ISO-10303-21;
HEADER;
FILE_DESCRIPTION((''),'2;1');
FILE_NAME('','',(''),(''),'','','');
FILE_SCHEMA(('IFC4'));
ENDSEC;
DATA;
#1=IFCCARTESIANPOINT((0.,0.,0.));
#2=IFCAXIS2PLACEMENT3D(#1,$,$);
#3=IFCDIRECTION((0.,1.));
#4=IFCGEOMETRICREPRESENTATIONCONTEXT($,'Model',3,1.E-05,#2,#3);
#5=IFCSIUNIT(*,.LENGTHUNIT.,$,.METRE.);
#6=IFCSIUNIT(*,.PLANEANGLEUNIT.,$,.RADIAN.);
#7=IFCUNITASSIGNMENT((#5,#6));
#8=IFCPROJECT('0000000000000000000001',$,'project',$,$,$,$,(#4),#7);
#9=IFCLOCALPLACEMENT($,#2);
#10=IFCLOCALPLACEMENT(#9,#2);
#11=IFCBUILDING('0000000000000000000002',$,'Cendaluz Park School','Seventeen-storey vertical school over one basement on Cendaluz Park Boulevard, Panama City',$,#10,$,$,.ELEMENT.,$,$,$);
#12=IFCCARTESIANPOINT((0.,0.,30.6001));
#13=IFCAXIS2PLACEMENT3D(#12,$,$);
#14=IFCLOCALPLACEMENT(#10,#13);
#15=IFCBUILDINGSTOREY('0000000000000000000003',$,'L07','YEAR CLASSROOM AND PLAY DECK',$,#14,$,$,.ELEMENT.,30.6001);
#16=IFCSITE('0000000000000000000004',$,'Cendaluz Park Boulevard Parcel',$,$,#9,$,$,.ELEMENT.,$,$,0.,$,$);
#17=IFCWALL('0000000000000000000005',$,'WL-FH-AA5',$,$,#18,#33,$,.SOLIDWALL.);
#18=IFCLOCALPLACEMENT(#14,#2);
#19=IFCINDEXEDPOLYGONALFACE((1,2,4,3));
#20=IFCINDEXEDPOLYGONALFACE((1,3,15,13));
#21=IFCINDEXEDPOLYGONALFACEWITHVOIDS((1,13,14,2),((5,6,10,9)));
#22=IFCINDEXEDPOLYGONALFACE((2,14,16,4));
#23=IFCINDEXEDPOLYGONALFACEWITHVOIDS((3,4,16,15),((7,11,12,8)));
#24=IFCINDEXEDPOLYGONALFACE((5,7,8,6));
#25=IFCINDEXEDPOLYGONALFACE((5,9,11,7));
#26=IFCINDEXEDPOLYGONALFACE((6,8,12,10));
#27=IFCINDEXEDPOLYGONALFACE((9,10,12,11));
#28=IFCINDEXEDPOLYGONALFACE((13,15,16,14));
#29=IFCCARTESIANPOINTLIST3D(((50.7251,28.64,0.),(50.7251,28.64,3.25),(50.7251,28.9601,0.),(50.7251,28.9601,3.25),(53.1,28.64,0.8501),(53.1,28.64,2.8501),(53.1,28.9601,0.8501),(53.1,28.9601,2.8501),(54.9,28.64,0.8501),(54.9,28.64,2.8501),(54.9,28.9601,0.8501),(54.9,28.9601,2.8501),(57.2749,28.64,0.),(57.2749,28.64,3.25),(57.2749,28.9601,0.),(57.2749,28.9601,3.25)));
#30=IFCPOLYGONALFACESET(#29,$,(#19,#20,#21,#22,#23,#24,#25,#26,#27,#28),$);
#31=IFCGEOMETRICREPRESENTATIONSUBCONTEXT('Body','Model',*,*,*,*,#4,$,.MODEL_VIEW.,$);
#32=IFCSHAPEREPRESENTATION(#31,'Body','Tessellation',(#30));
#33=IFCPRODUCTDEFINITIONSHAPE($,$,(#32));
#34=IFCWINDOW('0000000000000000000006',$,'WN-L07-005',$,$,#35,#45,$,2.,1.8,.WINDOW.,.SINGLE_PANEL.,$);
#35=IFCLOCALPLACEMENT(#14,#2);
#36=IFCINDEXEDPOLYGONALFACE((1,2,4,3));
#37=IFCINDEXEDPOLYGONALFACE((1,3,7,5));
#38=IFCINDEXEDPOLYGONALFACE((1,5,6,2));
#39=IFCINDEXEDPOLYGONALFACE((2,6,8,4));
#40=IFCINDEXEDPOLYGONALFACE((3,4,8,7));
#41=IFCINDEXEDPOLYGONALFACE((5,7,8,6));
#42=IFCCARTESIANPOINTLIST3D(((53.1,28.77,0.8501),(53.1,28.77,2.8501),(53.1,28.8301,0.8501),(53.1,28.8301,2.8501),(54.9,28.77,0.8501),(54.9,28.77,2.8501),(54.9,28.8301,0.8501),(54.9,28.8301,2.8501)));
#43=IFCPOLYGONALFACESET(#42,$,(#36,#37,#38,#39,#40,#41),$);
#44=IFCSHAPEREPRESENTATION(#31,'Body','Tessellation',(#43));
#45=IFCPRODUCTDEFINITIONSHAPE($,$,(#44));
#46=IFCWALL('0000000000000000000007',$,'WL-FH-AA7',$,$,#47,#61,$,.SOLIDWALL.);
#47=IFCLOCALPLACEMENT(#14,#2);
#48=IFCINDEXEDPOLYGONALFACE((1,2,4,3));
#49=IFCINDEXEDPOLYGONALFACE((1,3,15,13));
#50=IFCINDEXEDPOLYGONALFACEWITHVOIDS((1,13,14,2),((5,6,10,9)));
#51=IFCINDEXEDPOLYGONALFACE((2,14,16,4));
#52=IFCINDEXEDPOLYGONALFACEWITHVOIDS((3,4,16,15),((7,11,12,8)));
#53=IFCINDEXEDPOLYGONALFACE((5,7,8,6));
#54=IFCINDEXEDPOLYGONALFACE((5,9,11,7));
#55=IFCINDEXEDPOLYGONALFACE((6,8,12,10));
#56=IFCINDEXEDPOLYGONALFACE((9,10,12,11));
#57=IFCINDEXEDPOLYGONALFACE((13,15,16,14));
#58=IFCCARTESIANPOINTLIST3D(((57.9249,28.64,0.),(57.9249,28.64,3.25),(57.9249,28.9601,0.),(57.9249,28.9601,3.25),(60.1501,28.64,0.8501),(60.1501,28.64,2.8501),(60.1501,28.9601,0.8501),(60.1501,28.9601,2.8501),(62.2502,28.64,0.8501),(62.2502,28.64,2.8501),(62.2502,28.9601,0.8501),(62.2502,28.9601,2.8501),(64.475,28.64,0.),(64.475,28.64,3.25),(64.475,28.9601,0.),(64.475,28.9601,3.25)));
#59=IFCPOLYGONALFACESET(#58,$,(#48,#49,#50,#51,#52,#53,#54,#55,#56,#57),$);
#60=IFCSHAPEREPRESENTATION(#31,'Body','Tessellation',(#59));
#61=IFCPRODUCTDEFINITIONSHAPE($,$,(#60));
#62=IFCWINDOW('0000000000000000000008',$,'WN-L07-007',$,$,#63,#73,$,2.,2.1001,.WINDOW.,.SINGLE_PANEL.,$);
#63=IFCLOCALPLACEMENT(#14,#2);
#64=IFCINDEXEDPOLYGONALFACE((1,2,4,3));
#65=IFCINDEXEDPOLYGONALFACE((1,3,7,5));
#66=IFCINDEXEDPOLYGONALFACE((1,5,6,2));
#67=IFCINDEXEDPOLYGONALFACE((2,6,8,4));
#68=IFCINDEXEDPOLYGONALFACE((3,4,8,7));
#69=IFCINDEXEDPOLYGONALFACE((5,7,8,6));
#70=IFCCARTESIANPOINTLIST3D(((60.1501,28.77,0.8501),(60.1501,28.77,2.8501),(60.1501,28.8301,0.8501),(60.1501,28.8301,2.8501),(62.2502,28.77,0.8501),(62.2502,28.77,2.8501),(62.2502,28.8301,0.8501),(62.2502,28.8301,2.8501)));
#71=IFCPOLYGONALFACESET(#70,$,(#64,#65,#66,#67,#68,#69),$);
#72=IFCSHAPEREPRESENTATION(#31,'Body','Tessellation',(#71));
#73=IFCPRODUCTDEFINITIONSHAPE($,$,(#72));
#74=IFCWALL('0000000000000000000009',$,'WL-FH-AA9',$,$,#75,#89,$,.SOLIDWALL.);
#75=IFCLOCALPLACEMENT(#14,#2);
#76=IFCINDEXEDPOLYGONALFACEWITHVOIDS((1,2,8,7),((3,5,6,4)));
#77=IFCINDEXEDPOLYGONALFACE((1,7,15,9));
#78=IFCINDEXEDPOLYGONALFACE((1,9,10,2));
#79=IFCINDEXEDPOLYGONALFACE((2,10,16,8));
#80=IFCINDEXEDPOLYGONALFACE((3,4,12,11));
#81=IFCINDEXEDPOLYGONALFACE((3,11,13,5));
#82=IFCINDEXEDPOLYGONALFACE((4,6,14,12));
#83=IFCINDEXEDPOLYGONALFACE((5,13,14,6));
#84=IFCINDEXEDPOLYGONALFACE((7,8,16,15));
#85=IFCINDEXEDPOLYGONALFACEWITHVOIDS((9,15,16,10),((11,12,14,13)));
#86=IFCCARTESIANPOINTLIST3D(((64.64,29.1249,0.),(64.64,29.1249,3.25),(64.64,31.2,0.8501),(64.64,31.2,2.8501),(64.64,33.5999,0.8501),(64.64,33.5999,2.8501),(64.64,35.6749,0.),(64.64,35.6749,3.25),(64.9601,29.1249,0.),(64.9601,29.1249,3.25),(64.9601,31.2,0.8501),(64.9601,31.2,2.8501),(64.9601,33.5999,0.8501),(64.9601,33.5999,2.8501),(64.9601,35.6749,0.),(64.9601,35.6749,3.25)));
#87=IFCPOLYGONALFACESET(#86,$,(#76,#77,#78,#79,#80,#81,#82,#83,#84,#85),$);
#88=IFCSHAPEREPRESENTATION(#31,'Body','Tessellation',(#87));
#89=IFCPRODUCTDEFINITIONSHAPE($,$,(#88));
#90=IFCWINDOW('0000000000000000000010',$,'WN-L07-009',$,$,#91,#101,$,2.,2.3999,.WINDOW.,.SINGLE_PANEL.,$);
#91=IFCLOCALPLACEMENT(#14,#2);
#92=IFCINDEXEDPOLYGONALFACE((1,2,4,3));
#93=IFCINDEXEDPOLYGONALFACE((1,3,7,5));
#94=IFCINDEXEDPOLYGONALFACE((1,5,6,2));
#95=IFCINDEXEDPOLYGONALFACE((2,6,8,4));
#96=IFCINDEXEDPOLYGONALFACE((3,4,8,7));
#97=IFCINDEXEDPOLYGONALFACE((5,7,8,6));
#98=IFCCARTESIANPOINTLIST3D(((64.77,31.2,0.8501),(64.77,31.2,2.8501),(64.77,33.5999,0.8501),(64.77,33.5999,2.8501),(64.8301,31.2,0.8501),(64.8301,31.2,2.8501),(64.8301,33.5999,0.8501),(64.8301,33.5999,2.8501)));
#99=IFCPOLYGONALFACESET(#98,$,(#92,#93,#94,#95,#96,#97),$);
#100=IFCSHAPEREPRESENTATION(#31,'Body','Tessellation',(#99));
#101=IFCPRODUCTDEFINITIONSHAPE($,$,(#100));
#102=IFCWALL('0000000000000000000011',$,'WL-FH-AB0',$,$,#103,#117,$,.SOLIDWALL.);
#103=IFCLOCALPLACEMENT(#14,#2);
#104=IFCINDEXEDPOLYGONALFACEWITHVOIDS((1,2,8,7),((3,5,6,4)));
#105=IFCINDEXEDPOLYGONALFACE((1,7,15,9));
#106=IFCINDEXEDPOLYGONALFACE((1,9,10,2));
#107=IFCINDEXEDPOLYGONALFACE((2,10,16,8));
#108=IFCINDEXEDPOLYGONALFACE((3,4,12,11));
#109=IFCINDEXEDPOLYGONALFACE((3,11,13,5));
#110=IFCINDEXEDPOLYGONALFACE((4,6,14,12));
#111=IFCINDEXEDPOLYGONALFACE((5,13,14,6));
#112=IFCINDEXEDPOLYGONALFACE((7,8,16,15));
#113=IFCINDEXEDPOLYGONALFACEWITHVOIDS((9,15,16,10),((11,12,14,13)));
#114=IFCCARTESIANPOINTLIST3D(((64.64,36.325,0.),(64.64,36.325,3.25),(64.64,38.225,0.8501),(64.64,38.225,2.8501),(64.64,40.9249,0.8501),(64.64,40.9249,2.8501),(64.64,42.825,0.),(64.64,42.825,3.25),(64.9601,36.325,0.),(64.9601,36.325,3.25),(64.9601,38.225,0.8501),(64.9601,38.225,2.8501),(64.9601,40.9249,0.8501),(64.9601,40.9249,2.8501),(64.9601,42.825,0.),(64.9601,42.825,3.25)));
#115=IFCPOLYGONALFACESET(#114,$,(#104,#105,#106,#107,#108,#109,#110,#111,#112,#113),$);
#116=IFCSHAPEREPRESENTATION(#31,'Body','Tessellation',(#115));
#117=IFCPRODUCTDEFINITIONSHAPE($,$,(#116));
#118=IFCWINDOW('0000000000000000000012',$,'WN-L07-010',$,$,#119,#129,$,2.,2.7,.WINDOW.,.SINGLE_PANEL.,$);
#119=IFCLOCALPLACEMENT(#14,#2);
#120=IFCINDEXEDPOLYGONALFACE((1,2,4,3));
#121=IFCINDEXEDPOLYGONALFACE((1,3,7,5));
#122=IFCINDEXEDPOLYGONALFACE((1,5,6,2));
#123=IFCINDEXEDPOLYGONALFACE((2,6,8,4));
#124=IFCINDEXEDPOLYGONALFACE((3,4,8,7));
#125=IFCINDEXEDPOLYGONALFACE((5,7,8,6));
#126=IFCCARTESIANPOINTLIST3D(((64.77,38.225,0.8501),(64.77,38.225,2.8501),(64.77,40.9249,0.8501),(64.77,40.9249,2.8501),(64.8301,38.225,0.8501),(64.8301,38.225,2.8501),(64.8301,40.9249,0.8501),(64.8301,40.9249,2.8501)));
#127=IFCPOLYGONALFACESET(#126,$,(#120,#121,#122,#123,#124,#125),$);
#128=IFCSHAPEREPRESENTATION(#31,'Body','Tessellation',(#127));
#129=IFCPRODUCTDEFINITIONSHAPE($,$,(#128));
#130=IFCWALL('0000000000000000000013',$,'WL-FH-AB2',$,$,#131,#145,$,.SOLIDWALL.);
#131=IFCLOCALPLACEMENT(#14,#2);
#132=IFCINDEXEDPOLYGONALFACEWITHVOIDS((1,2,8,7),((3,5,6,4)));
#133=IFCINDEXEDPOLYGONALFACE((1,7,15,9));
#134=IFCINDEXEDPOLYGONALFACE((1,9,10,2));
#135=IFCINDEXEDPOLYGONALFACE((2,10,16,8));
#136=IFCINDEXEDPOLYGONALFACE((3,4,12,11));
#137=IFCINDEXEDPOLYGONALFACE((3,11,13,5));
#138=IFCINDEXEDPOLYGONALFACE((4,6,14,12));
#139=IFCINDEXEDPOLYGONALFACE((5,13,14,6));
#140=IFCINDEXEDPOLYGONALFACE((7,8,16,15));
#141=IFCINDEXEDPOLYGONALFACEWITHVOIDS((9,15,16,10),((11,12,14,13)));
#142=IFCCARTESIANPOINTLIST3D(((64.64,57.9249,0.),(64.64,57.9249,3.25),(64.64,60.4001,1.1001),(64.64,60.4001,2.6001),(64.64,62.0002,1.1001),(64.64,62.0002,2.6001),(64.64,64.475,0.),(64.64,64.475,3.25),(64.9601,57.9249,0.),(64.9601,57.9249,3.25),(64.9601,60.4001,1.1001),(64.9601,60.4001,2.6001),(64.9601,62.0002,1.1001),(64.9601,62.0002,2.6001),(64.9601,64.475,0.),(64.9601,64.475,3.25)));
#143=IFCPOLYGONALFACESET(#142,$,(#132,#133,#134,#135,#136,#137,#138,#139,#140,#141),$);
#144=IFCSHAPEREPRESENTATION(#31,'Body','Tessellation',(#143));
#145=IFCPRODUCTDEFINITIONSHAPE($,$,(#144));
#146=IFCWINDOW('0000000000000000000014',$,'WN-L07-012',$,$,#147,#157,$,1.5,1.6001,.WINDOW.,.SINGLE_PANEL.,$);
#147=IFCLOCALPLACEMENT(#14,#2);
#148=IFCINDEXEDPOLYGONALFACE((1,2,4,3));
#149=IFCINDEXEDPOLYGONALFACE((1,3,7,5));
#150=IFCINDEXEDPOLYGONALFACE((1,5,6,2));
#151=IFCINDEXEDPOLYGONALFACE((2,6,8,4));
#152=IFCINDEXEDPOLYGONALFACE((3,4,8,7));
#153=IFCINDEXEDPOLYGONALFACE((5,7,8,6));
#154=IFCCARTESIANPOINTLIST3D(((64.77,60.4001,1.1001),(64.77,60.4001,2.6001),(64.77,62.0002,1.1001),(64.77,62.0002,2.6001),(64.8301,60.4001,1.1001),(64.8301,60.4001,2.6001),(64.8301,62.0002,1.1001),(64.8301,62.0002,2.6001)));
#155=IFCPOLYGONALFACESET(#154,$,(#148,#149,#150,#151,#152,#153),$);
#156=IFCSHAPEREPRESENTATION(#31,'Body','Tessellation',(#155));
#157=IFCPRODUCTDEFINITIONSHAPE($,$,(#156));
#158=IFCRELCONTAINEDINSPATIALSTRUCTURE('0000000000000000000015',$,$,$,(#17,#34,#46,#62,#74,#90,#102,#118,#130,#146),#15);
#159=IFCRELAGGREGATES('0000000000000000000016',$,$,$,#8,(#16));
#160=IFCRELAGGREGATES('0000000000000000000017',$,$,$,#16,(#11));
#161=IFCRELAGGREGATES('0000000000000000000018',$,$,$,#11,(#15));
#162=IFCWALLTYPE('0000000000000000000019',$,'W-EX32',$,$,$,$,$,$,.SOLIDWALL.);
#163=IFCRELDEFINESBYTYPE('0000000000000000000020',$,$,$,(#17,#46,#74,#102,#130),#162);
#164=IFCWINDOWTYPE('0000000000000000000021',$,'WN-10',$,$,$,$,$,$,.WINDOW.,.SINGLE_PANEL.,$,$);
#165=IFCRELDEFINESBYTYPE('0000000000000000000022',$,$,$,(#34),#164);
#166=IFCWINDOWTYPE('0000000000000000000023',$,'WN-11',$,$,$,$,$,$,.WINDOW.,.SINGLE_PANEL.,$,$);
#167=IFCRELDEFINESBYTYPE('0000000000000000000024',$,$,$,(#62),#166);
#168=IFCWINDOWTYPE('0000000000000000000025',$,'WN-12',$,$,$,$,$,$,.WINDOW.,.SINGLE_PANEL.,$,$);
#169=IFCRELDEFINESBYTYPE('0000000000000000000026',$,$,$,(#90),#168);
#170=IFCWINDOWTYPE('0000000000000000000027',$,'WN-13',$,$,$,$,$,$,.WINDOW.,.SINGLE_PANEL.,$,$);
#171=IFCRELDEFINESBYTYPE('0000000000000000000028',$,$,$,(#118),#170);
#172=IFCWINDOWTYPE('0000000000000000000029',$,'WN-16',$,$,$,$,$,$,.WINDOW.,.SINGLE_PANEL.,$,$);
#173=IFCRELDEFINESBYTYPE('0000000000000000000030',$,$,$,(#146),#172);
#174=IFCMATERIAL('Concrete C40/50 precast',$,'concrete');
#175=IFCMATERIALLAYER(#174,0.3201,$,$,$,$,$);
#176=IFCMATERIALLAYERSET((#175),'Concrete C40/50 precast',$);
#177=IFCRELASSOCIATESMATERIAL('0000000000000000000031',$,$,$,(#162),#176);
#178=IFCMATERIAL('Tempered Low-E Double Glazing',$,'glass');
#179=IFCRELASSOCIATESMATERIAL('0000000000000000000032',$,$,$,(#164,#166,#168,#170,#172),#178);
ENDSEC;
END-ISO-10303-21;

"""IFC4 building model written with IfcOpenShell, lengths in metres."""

from ifc_helpers import new_model, si_unit, direction, frame, frame_2d, origin, place, context, subcontext, project, spatial, rectangle, extrude, material, layer, layer_set, type_object, element, fill, save


model = new_model("IFC4")

# Units and contexts
model_context = context("Model", 3, precision=1e-05, world=origin(), true_north=direction((0.0, 1.0)))
body_context = subcontext(model_context, "Body", "Model", "MODEL_VIEW")
ifc_project = project(units=[si_unit("LENGTHUNIT", "METRE"), si_unit("PLANEANGLEUNIT", "RADIAN")], contexts=[model_context])

# Site, building, storey
site_placement = place(None, origin())
site = spatial("IfcSite", under=ifc_project, at=site_placement, Name="Cendaluz Park Boulevard Parcel", CompositionType="ELEMENT", RefElevation=0.0)
building_placement = place(site_placement, origin())
building = spatial("IfcBuilding", under=site, at=building_placement, Name="Cendaluz Park School", Description="Seventeen-storey vertical school over one basement on Cendaluz Park Boulevard, Panama City", CompositionType="ELEMENT")
storey_placement = place(building_placement, frame((0.0, 0.0, 30.6001)))
storey = spatial("IfcBuildingStorey", under=building, at=storey_placement, Name="L07", Description="YEAR CLASSROOM AND PLAY DECK", CompositionType="ELEMENT", Elevation=30.6001)

# Walls, openings, windows
ifc_material_1 = material(Name="Concrete C40/50 precast", Category="concrete")
ifc_layer_1 = layer(ifc_material_1, 0.3201)
ifc_layer_set_1 = layer_set([ifc_layer_1], Name="Concrete C40/50 precast")
wall_type_1 = type_object("IfcWallType", Name="W-EX32", PredefinedType="SOLIDWALL", material=ifc_layer_set_1)
wall_1_placement = place(storey_placement, frame((50.7251, 28.8, 0.0), z_axis=(0.0, 0.0, 1.0), x_axis=(1.0, 0.0, 0.0)))
wall_1 = element("IfcWall", 1, at=wall_1_placement, inside=storey, type_object=wall_type_1, Name="WL-FH-AA5", PredefinedType="SOLIDWALL", context=body_context, shape_type="SweptSolid", body=[
    extrude(rectangle(XDim=6.5498, YDim=0.3201, at=frame_2d((3.2749, 0.0))), origin(), (0.0, 0.0, 1.0), 3.25),
])
opening_1_placement = place(wall_1_placement, frame((2.375, 0.0, 0.8501)))
opening_1 = element("IfcOpeningElement", 2, at=opening_1_placement, cuts=wall_1, PredefinedType="OPENING", context=body_context, shape_type="SweptSolid", body=[
    extrude(rectangle(XDim=1.8, YDim=2.0, at=frame_2d((0.8999, 1.0))), frame((0.0, 0.1721, 0.0), z_axis=(0.0, -1.0, 0.0), x_axis=(1.0, 0.0, 0.0)), (0.0, 0.0, 1.0), 0.344),
])
ifc_material_2 = material(Name="Tempered Low-E Double Glazing", Category="glass")
window_type_1 = type_object("IfcWindowType", Name="WN-10", PartitioningType="SINGLE_PANEL", PredefinedType="WINDOW", material=ifc_material_2)
window_1_placement = place(opening_1_placement, origin())
window_1 = element("IfcWindow", 3, at=window_1_placement, inside=storey, type_object=window_type_1, Name="WN-L07-005", OverallHeight=2.0, OverallWidth=1.8, PartitioningType="SINGLE_PANEL", PredefinedType="WINDOW", context=body_context, shape_type="SweptSolid", body=[
    extrude(rectangle(XDim=1.8, YDim=2.0, at=frame_2d((0.8999, 1.0))), frame((0.0, 0.03, 0.0), z_axis=(0.0, -1.0, 0.0), x_axis=(1.0, 0.0, 0.0)), (0.0, 0.0, 1.0), 0.0601),
])
fill(opening_1, window_1)
wall_2_placement = place(storey_placement, frame((57.925, 28.8, 0.0), z_axis=(0.0, 0.0, 1.0), x_axis=(1.0, 0.0, 0.0)))
wall_2 = element("IfcWall", 4, at=wall_2_placement, inside=storey, type_object=wall_type_1, Name="WL-FH-AA7", PredefinedType="SOLIDWALL", context=body_context, shape_type="SweptSolid", body=[
    extrude(rectangle(XDim=6.55, YDim=0.3201, at=frame_2d((3.2749, 0.0))), origin(), (0.0, 0.0, 1.0), 3.25),
])
opening_2_placement = place(wall_2_placement, frame((2.2251, 0.0, 0.8501)))
opening_2 = element("IfcOpeningElement", 5, at=opening_2_placement, cuts=wall_2, PredefinedType="OPENING", context=body_context, shape_type="SweptSolid", body=[
    extrude(rectangle(XDim=2.1001, YDim=2.0, at=frame_2d((1.05, 1.0))), frame((0.0, 0.1721, 0.0), z_axis=(0.0, -1.0, 0.0), x_axis=(1.0, 0.0, 0.0)), (0.0, 0.0, 1.0), 0.344),
])
window_type_2 = type_object("IfcWindowType", Name="WN-11", PartitioningType="SINGLE_PANEL", PredefinedType="WINDOW", material=ifc_material_2)
window_2_placement = place(opening_2_placement, origin())
window_2 = element("IfcWindow", 6, at=window_2_placement, inside=storey, type_object=window_type_2, Name="WN-L07-007", OverallHeight=2.0, OverallWidth=2.1001, PartitioningType="SINGLE_PANEL", PredefinedType="WINDOW", context=body_context, shape_type="SweptSolid", body=[
    extrude(rectangle(XDim=2.1001, YDim=2.0, at=frame_2d((1.05, 1.0))), frame((0.0, 0.03, 0.0), z_axis=(0.0, -1.0, 0.0), x_axis=(1.0, 0.0, 0.0)), (0.0, 0.0, 1.0), 0.0601),
])
fill(opening_2, window_2)
wall_3_placement = place(storey_placement, frame((64.8, 29.125, 0.0), z_axis=(0.0, 0.0, 1.0), x_axis=(0.0, 1.0, 0.0)))
wall_3 = element("IfcWall", 7, at=wall_3_placement, inside=storey, type_object=wall_type_1, Name="WL-FH-AA9", PredefinedType="SOLIDWALL", context=body_context, shape_type="SweptSolid", body=[
    extrude(rectangle(XDim=6.55, YDim=0.3201, at=frame_2d((3.2749, 0.0))), origin(), (0.0, 0.0, 1.0), 3.25),
])
opening_3_placement = place(wall_3_placement, frame((2.075, 0.0, 0.8501)))
opening_3 = element("IfcOpeningElement", 8, at=opening_3_placement, cuts=wall_3, PredefinedType="OPENING", context=body_context, shape_type="SweptSolid", body=[
    extrude(rectangle(XDim=2.3999, YDim=2.0, at=frame_2d((1.2, 1.0))), frame((0.0, 0.1721, 0.0), z_axis=(0.0, -1.0, 0.0), x_axis=(1.0, 0.0, 0.0)), (0.0, 0.0, 1.0), 0.344),
])
window_type_3 = type_object("IfcWindowType", Name="WN-12", PartitioningType="SINGLE_PANEL", PredefinedType="WINDOW", material=ifc_material_2)
window_3_placement = place(opening_3_placement, origin())
window_3 = element("IfcWindow", 9, at=window_3_placement, inside=storey, type_object=window_type_3, Name="WN-L07-009", OverallHeight=2.0, OverallWidth=2.3999, PartitioningType="SINGLE_PANEL", PredefinedType="WINDOW", context=body_context, shape_type="SweptSolid", body=[
    extrude(rectangle(XDim=2.3999, YDim=2.0, at=frame_2d((1.2, 1.0))), frame((0.0, 0.03, 0.0), z_axis=(0.0, -1.0, 0.0), x_axis=(1.0, 0.0, 0.0)), (0.0, 0.0, 1.0), 0.0601),
])
fill(opening_3, window_3)
wall_4_placement = place(storey_placement, frame((64.8, 36.325, 0.0), z_axis=(0.0, 0.0, 1.0), x_axis=(0.0, 1.0, 0.0)))
wall_4 = element("IfcWall", 10, at=wall_4_placement, inside=storey, type_object=wall_type_1, Name="WL-FH-AB0", PredefinedType="SOLIDWALL", context=body_context, shape_type="SweptSolid", body=[
    extrude(rectangle(XDim=6.5, YDim=0.3201, at=frame_2d((3.25, 0.0))), origin(), (0.0, 0.0, 1.0), 3.25),
])
opening_4_placement = place(wall_4_placement, frame((1.8999, 0.0, 0.8501)))
opening_4 = element("IfcOpeningElement", 11, at=opening_4_placement, cuts=wall_4, PredefinedType="OPENING", context=body_context, shape_type="SweptSolid", body=[
    extrude(rectangle(XDim=2.7, YDim=2.0, at=frame_2d((1.3501, 1.0))), frame((0.0, 0.1721, 0.0), z_axis=(0.0, -1.0, 0.0), x_axis=(1.0, 0.0, 0.0)), (0.0, 0.0, 1.0), 0.344),
])
window_type_4 = type_object("IfcWindowType", Name="WN-13", PartitioningType="SINGLE_PANEL", PredefinedType="WINDOW", material=ifc_material_2)
window_4_placement = place(opening_4_placement, origin())
window_4 = element("IfcWindow", 12, at=window_4_placement, inside=storey, type_object=window_type_4, Name="WN-L07-010", OverallHeight=2.0, OverallWidth=2.7, PartitioningType="SINGLE_PANEL", PredefinedType="WINDOW", context=body_context, shape_type="SweptSolid", body=[
    extrude(rectangle(XDim=2.7, YDim=2.0, at=frame_2d((1.3501, 1.0))), frame((0.0, 0.03, 0.0), z_axis=(0.0, -1.0, 0.0), x_axis=(1.0, 0.0, 0.0)), (0.0, 0.0, 1.0), 0.0601),
])
fill(opening_4, window_4)
wall_5_placement = place(storey_placement, frame((64.8, 57.925, 0.0), z_axis=(0.0, 0.0, 1.0), x_axis=(0.0, 1.0, 0.0)))
wall_5 = element("IfcWall", 13, at=wall_5_placement, inside=storey, type_object=wall_type_1, Name="WL-FH-AB2", PredefinedType="SOLIDWALL", context=body_context, shape_type="SweptSolid", body=[
    extrude(rectangle(XDim=6.55, YDim=0.3201, at=frame_2d((3.2749, 0.0))), origin(), (0.0, 0.0, 1.0), 3.25),
])
opening_5_placement = place(wall_5_placement, frame((2.4751, 0.0, 1.1001)))
opening_5 = element("IfcOpeningElement", 14, at=opening_5_placement, cuts=wall_5, PredefinedType="OPENING", context=body_context, shape_type="SweptSolid", body=[
    extrude(rectangle(XDim=1.6001, YDim=1.5, at=frame_2d((0.8, 0.75))), frame((0.0, 0.1721, 0.0), z_axis=(0.0, -1.0, 0.0), x_axis=(1.0, 0.0, 0.0)), (0.0, 0.0, 1.0), 0.344),
])
window_type_5 = type_object("IfcWindowType", Name="WN-16", PartitioningType="SINGLE_PANEL", PredefinedType="WINDOW", material=ifc_material_2)
window_5_placement = place(opening_5_placement, origin())
window_5 = element("IfcWindow", 15, at=window_5_placement, inside=storey, type_object=window_type_5, Name="WN-L07-012", OverallHeight=1.5, OverallWidth=1.6001, PartitioningType="SINGLE_PANEL", PredefinedType="WINDOW", context=body_context, shape_type="SweptSolid", body=[
    extrude(rectangle(XDim=1.6001, YDim=1.5, at=frame_2d((0.8, 0.75))), frame((0.0, 0.03, 0.0), z_axis=(0.0, -1.0, 0.0), x_axis=(1.0, 0.0, 0.0)), (0.0, 0.0, 1.0), 0.0601),
])
fill(opening_5, window_5)

save(model, "model.ifc")
